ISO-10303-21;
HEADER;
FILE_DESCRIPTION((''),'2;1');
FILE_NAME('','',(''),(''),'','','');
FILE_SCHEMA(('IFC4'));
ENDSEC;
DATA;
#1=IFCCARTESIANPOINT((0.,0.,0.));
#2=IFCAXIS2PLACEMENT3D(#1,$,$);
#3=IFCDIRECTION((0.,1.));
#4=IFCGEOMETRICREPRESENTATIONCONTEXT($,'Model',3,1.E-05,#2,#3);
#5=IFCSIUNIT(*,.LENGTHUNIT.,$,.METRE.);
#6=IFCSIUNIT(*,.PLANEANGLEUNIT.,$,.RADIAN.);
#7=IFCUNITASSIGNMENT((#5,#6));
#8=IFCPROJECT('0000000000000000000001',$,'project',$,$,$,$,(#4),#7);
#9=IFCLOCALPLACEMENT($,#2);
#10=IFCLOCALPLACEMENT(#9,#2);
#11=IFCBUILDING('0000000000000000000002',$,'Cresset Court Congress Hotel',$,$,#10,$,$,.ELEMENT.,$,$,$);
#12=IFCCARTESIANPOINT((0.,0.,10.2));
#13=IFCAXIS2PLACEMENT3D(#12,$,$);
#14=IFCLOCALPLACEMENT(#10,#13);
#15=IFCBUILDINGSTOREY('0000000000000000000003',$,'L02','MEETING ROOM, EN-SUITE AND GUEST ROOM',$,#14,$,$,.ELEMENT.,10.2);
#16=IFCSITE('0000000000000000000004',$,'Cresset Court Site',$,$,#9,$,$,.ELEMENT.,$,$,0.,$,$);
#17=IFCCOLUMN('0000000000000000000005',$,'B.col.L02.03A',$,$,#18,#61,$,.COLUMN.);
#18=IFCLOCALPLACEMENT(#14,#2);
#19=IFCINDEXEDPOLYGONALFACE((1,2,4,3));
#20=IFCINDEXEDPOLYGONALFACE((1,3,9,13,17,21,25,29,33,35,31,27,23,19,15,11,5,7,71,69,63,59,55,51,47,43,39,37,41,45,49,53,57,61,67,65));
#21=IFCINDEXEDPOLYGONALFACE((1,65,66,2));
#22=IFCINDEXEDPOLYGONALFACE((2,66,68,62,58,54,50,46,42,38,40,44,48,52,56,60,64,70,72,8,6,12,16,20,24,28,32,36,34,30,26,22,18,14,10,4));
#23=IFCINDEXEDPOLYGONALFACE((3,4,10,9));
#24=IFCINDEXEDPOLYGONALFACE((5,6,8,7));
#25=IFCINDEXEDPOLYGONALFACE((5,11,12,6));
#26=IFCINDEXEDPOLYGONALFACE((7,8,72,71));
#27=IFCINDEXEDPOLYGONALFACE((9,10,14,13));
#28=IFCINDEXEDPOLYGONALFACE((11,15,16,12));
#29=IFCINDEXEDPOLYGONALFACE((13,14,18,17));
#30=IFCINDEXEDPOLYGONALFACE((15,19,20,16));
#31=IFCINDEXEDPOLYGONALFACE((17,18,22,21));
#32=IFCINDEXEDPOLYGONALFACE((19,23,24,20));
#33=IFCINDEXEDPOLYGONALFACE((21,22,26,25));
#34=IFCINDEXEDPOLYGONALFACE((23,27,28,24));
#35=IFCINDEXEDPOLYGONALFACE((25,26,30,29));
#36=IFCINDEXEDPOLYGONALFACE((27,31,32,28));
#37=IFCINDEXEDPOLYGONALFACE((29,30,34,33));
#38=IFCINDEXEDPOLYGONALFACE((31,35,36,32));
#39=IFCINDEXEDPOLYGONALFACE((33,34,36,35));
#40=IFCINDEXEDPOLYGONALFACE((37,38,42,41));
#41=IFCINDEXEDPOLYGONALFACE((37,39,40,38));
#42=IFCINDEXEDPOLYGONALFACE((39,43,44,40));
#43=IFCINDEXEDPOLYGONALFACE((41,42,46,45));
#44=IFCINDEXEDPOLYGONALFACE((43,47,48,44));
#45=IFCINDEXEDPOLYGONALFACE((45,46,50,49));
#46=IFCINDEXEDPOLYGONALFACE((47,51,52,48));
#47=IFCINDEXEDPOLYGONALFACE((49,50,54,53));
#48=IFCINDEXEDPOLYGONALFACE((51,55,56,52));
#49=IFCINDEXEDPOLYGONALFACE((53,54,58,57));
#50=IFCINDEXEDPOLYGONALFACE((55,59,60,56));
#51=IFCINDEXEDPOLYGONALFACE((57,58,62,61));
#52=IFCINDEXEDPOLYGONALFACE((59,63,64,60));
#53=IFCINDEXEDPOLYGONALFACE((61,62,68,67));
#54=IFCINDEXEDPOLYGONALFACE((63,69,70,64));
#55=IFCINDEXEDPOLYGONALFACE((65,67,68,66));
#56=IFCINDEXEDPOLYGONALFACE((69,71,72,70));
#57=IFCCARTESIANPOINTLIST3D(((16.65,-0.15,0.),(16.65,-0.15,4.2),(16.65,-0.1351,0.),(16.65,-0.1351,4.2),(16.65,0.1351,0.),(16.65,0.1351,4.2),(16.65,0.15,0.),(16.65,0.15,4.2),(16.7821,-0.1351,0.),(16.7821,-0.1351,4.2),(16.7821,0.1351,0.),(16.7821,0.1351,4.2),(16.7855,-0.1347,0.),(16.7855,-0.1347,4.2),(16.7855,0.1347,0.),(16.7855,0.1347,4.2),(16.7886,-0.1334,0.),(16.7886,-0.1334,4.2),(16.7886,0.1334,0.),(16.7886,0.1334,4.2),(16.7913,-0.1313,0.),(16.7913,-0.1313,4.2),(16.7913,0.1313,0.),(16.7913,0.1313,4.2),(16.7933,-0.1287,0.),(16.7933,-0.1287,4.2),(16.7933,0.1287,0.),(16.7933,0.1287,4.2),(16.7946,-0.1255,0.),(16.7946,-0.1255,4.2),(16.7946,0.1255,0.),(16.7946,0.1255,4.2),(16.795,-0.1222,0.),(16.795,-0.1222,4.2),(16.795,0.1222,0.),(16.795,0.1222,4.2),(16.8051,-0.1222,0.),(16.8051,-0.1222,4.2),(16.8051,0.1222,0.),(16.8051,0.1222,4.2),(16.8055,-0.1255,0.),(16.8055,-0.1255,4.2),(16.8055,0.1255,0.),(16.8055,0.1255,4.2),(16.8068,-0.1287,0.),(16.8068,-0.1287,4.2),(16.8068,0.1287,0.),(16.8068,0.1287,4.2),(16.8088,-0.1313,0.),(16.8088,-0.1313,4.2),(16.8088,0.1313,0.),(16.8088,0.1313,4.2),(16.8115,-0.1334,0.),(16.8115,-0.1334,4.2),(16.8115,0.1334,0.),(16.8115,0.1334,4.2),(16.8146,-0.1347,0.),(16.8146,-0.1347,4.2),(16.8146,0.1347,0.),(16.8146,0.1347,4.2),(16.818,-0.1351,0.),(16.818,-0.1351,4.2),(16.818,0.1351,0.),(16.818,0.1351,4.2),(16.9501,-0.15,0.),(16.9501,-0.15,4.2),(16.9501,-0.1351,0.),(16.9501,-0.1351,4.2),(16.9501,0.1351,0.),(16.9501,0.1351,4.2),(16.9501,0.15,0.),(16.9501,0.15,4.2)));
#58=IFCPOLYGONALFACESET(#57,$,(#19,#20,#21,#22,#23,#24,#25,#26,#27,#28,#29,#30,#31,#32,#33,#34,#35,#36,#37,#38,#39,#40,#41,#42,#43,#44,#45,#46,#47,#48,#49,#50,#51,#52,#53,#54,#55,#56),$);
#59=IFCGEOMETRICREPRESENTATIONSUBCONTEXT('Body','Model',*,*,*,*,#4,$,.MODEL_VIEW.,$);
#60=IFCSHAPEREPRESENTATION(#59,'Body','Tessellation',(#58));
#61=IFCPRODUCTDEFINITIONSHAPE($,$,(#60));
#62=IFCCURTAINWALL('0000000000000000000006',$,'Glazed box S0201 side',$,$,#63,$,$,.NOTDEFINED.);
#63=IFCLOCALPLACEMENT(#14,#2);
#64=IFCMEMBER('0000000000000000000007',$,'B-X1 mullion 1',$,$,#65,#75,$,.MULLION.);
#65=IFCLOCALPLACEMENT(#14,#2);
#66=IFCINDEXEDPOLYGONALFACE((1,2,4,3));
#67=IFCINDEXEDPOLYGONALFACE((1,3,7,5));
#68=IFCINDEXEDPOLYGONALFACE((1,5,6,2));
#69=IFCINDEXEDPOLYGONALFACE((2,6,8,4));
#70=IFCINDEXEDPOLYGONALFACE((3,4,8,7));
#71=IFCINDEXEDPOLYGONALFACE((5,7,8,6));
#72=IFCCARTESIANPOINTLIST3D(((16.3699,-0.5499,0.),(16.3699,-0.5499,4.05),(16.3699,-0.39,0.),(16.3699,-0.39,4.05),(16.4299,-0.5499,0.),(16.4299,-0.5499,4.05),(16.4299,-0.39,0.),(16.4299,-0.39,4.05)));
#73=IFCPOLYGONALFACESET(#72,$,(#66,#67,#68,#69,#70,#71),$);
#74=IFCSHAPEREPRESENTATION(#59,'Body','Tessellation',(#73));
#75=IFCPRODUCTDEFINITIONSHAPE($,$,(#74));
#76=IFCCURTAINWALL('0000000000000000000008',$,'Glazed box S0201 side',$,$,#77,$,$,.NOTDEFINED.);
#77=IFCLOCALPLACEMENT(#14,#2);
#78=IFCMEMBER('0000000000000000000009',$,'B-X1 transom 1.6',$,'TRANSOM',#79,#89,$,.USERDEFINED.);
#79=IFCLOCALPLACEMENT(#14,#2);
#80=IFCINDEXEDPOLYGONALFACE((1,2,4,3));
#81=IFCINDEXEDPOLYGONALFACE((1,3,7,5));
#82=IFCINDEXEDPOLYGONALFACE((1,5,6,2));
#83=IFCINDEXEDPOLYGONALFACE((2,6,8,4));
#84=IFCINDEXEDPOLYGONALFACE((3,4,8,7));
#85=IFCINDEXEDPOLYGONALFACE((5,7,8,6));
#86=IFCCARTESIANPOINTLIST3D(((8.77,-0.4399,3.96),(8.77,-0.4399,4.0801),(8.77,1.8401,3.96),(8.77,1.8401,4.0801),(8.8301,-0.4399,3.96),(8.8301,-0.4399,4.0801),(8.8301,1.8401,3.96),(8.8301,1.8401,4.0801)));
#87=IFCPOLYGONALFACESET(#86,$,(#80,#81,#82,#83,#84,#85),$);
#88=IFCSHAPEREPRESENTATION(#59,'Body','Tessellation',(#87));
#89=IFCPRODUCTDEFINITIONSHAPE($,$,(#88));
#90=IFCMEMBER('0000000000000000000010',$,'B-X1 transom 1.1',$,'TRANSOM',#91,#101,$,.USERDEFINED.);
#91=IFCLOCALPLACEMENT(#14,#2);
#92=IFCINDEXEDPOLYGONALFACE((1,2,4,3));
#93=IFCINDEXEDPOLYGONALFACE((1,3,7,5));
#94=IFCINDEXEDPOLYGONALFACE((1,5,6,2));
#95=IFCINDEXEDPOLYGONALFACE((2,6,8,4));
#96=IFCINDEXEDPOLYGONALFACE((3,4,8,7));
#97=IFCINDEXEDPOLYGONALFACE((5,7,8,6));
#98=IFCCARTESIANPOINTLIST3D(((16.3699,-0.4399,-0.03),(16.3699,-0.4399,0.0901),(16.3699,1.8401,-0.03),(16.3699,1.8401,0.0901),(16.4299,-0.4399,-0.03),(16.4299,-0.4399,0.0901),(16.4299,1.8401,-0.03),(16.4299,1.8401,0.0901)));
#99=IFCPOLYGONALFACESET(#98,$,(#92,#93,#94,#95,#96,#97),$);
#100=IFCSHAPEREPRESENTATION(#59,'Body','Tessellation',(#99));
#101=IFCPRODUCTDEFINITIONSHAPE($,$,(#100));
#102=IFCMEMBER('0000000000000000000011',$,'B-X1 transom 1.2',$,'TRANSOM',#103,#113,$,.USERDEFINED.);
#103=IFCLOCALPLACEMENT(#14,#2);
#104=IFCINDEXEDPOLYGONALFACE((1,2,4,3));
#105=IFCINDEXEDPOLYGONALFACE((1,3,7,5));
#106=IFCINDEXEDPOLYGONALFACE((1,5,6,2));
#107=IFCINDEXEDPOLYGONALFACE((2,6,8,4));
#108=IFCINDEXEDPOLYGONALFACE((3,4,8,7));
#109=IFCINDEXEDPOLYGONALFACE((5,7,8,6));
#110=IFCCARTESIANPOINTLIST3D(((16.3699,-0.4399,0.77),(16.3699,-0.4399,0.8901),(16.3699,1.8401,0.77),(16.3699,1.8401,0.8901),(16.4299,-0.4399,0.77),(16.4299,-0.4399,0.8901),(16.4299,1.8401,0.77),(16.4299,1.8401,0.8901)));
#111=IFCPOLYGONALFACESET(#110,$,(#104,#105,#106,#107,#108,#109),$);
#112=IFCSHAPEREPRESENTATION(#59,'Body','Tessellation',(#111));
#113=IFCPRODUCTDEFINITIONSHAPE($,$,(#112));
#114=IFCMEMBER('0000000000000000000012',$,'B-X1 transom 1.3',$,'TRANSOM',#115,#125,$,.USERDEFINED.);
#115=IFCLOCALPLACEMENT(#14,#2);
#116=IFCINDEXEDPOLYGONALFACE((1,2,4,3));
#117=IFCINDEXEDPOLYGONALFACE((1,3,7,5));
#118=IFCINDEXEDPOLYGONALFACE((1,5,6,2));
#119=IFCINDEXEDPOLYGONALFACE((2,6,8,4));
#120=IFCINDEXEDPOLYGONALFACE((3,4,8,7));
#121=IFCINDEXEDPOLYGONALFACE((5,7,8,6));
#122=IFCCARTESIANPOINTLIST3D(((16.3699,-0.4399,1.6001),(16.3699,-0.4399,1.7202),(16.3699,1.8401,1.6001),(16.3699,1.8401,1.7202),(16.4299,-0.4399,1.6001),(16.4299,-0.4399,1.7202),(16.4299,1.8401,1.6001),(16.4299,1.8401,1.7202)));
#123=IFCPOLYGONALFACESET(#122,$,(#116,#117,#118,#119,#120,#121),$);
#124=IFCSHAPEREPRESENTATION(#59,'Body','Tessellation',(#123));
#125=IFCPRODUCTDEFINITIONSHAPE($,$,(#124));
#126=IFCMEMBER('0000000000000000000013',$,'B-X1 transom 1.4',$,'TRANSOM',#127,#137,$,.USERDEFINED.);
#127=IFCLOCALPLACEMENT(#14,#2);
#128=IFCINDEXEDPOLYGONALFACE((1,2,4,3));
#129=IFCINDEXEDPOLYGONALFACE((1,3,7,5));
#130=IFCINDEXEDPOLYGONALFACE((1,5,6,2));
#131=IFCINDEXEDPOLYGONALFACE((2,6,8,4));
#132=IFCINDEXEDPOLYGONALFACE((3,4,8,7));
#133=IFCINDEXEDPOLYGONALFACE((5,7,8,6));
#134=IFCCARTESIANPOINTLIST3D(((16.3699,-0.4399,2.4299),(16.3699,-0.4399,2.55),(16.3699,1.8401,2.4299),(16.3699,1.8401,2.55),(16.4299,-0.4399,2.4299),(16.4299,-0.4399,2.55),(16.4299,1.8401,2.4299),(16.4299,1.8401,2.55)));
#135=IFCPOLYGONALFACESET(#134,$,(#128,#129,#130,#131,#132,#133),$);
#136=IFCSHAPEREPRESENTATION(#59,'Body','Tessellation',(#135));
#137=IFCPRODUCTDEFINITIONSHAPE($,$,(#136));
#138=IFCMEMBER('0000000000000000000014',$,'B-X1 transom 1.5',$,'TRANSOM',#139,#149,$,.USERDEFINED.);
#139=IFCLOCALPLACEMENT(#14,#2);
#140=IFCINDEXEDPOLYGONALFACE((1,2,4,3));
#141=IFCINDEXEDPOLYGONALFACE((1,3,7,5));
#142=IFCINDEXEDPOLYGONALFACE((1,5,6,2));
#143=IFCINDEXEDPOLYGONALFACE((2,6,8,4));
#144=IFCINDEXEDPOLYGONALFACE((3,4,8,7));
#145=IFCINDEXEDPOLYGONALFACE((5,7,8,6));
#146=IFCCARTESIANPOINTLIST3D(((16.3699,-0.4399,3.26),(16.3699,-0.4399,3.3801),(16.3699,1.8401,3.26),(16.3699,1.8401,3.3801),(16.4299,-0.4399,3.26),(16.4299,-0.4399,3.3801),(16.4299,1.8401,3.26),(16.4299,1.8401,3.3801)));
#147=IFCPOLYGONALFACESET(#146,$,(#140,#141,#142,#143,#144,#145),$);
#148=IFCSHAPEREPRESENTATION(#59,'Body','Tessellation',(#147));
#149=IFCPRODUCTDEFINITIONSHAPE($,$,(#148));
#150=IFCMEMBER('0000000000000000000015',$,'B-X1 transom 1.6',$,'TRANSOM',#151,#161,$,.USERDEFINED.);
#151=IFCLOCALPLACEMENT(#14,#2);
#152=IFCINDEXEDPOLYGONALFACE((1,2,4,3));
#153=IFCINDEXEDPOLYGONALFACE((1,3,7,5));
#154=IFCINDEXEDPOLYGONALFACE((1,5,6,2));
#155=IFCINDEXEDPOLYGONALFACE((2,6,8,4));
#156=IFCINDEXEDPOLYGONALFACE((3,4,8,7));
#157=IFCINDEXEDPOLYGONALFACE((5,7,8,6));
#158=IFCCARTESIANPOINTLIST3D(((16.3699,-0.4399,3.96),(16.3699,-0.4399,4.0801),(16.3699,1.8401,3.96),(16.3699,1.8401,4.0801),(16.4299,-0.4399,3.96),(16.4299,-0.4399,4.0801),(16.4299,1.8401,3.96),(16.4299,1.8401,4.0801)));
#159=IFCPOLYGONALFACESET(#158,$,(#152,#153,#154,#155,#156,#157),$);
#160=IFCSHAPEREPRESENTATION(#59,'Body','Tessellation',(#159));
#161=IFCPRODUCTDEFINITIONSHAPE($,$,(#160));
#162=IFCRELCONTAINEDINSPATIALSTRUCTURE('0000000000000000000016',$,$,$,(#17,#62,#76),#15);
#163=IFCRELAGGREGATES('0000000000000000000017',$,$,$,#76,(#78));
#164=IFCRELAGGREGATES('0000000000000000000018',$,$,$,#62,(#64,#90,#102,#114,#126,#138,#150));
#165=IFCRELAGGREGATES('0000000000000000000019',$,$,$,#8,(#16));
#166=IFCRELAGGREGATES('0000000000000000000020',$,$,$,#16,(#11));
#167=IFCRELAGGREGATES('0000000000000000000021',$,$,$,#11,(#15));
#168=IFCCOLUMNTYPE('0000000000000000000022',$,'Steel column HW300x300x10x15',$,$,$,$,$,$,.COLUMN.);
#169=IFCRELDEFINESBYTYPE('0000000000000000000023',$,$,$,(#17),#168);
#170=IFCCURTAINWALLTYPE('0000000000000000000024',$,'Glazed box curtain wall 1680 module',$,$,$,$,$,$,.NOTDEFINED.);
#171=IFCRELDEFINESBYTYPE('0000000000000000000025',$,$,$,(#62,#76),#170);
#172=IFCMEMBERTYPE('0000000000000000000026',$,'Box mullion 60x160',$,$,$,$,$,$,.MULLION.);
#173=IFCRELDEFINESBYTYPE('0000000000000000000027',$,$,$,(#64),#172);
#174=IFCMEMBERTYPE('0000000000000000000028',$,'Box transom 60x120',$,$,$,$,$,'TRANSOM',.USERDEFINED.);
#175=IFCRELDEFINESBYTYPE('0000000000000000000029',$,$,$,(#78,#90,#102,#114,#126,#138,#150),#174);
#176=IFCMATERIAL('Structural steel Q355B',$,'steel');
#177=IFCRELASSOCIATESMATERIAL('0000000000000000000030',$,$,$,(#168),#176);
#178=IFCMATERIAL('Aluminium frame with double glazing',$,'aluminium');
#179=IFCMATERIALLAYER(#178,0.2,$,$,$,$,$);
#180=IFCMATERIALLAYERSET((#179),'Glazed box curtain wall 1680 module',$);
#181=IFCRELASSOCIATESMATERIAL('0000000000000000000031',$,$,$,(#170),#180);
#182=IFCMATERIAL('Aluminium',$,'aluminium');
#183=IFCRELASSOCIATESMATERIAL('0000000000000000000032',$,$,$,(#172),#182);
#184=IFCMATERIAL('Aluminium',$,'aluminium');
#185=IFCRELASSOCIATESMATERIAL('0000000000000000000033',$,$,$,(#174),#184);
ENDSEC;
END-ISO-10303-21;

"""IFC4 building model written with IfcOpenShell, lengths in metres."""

from ifc_helpers import new_model, si_unit, direction, frame, origin, origin_2d, place, context, subcontext, project, spatial, rectangle, i_section, extrude, material, layer, layer_set, material_profile, profile_set, type_object, element, aggregate, save


model = new_model("IFC4")

# Units and contexts
model_context = context("Model", 3, precision=1e-05, world=origin(), true_north=direction((0.0, 1.0)))
body_context = subcontext(model_context, "Body", "Model", "MODEL_VIEW")
ifc_project = project(units=[si_unit("LENGTHUNIT", "METRE"), si_unit("PLANEANGLEUNIT", "RADIAN")], contexts=[model_context])

# Site, building, storey
site_placement = place(None, origin())
site = spatial("IfcSite", under=ifc_project, at=site_placement, Name="Cresset Court Site", CompositionType="ELEMENT", RefElevation=0.0)
building_placement = place(site_placement, origin())
building = spatial("IfcBuilding", under=site, at=building_placement, Name="Cresset Court Congress Hotel", CompositionType="ELEMENT")
storey_placement = place(building_placement, frame((0.0, 0.0, 10.2)))
storey = spatial("IfcBuildingStorey", under=building, at=storey_placement, Name="L02", Description="MEETING ROOM, EN-SUITE AND GUEST ROOM", CompositionType="ELEMENT", Elevation=10.2)

# Column
ifc_material_1 = material(Name="Structural steel Q355B", Category="steel")
ifc_material_profile_1 = material_profile(ifc_material_1, i_section(OverallWidth=0.3, OverallDepth=0.3, WebThickness=0.01, FlangeThickness=0.0149, FilletRadius=0.0129, at=origin_2d()), Name="HW300x300x10x15")
ifc_profile_set_1 = profile_set([ifc_material_profile_1], Name="Structural steel Q355B")
column_type = type_object("IfcColumnType", Name="Steel column HW300x300x10x15", PredefinedType="COLUMN", material=ifc_profile_set_1)
column_placement = place(storey_placement, frame((16.8, 0.0, 0.0), z_axis=(0.0, 0.0, 1.0), x_axis=(1.0, 0.0, 0.0)))
element("IfcColumn", 1, at=column_placement, inside=storey, type_object=column_type, Name="B.col.L02.03A", PredefinedType="COLUMN", context=body_context, shape_type="SweptSolid", body=[
    extrude(i_section(OverallWidth=0.3, OverallDepth=0.3, WebThickness=0.01, FlangeThickness=0.0149, FilletRadius=0.0129, at=origin_2d()), origin(), (0.0, 0.0, 1.0), 4.2),
])

# Curtain walls, members
ifc_material_2 = material(Name="Aluminium frame with double glazing", Category="aluminium")
ifc_layer_1 = layer(ifc_material_2, 0.2)
ifc_layer_set_1 = layer_set([ifc_layer_1], Name="Glazed box curtain wall 1680 module")
curtain_wall_type = type_object("IfcCurtainWallType", Name="Glazed box curtain wall 1680 module", PredefinedType="NOTDEFINED", material=ifc_layer_set_1)
curtain_wall_1_placement = place(storey_placement, origin())
curtain_wall_1 = element("IfcCurtainWall", 2, at=curtain_wall_1_placement, inside=storey, type_object=curtain_wall_type, Name="Glazed box S0201 side", PredefinedType="NOTDEFINED")
ifc_material_3 = material(Name="Aluminium", Category="aluminium")
ifc_material_profile_2 = material_profile(ifc_material_3, rectangle(XDim=0.0601, YDim=0.1599, at=origin_2d()), Name="Box mullion 60x160")
ifc_profile_set_2 = profile_set([ifc_material_profile_2], Name="Aluminium")
member_type_1 = type_object("IfcMemberType", Name="Box mullion 60x160", PredefinedType="MULLION", material=ifc_profile_set_2)
member_1_placement = place(storey_placement, frame((16.3999, -0.47, 0.0), z_axis=(0.0, 0.0, 1.0), x_axis=(-1.0, 0.0, 0.0)))
member_1 = element("IfcMember", 3, at=member_1_placement, type_object=member_type_1, Name="B-X1 mullion 1", PredefinedType="MULLION", context=body_context, shape_type="SweptSolid", body=[
    extrude(rectangle(XDim=0.0601, YDim=0.1599, at=origin_2d()), origin(), (0.0, 0.0, 1.0), 4.05),
])
curtain_wall_2_placement = place(storey_placement, origin())
curtain_wall_2 = element("IfcCurtainWall", 4, at=curtain_wall_2_placement, inside=storey, type_object=curtain_wall_type, Name="Glazed box S0201 side", PredefinedType="NOTDEFINED")
ifc_material_4 = material(Name="Aluminium", Category="aluminium")
ifc_material_profile_3 = material_profile(ifc_material_4, rectangle(XDim=0.0601, YDim=0.1201, at=origin_2d()), Name="Box transom 60x120")
ifc_profile_set_3 = profile_set([ifc_material_profile_3], Name="Aluminium")
member_type_2 = type_object("IfcMemberType", Name="Box transom 60x120", ElementType="TRANSOM", PredefinedType="USERDEFINED", material=ifc_profile_set_3)
member_2_placement = place(storey_placement, frame((8.8, -0.4399, 4.02), z_axis=(0.0, 1.0, 0.0), x_axis=(-1.0, 0.0, 0.0)))
member_2 = element("IfcMember", 5, at=member_2_placement, type_object=member_type_2, Name="B-X1 transom 1.6", ObjectType="TRANSOM", PredefinedType="USERDEFINED", context=body_context, shape_type="SweptSolid", body=[
    extrude(rectangle(XDim=0.0601, YDim=0.1201, at=origin_2d()), origin(), (0.0, 0.0, 1.0), 2.28),
])

# Members
member_3_placement = place(storey_placement, frame((16.3999, -0.4399, 0.03), z_axis=(0.0, 1.0, 0.0), x_axis=(-1.0, 0.0, 0.0)))
member_3 = element("IfcMember", 6, at=member_3_placement, type_object=member_type_2, Name="B-X1 transom 1.1", ObjectType="TRANSOM", PredefinedType="USERDEFINED", context=body_context, shape_type="SweptSolid", body=[
    extrude(rectangle(XDim=0.0601, YDim=0.1201, at=origin_2d()), origin(), (0.0, 0.0, 1.0), 2.28),
])
member_4_placement = place(storey_placement, frame((16.3999, -0.4399, 0.8301), z_axis=(0.0, 1.0, 0.0), x_axis=(-1.0, 0.0, 0.0)))
member_4 = element("IfcMember", 7, at=member_4_placement, type_object=member_type_2, Name="B-X1 transom 1.2", ObjectType="TRANSOM", PredefinedType="USERDEFINED", context=body_context, shape_type="SweptSolid", body=[
    extrude(rectangle(XDim=0.0601, YDim=0.1201, at=origin_2d()), origin(), (0.0, 0.0, 1.0), 2.28),
])
member_5_placement = place(storey_placement, frame((16.3999, -0.4399, 1.6602), z_axis=(0.0, 1.0, 0.0), x_axis=(-1.0, 0.0, 0.0)))
member_5 = element("IfcMember", 8, at=member_5_placement, type_object=member_type_2, Name="B-X1 transom 1.3", ObjectType="TRANSOM", PredefinedType="USERDEFINED", context=body_context, shape_type="SweptSolid", body=[
    extrude(rectangle(XDim=0.0601, YDim=0.1201, at=origin_2d()), origin(), (0.0, 0.0, 1.0), 2.28),
])
member_6_placement = place(storey_placement, frame((16.3999, -0.4399, 2.49), z_axis=(0.0, 1.0, 0.0), x_axis=(-1.0, 0.0, 0.0)))
member_6 = element("IfcMember", 9, at=member_6_placement, type_object=member_type_2, Name="B-X1 transom 1.4", ObjectType="TRANSOM", PredefinedType="USERDEFINED", context=body_context, shape_type="SweptSolid", body=[
    extrude(rectangle(XDim=0.0601, YDim=0.1201, at=origin_2d()), origin(), (0.0, 0.0, 1.0), 2.28),
])
member_7_placement = place(storey_placement, frame((16.3999, -0.4399, 3.3201), z_axis=(0.0, 1.0, 0.0), x_axis=(-1.0, 0.0, 0.0)))
member_7 = element("IfcMember", 10, at=member_7_placement, type_object=member_type_2, Name="B-X1 transom 1.5", ObjectType="TRANSOM", PredefinedType="USERDEFINED", context=body_context, shape_type="SweptSolid", body=[
    extrude(rectangle(XDim=0.0601, YDim=0.1201, at=origin_2d()), origin(), (0.0, 0.0, 1.0), 2.28),
])
member_8_placement = place(storey_placement, frame((16.3999, -0.4399, 4.02), z_axis=(0.0, 1.0, 0.0), x_axis=(-1.0, 0.0, 0.0)))
member_8 = element("IfcMember", 11, at=member_8_placement, type_object=member_type_2, Name="B-X1 transom 1.6", ObjectType="TRANSOM", PredefinedType="USERDEFINED", context=body_context, shape_type="SweptSolid", body=[
    extrude(rectangle(XDim=0.0601, YDim=0.1201, at=origin_2d()), origin(), (0.0, 0.0, 1.0), 2.28),
])

aggregate(curtain_wall_2, [member_2])
aggregate(curtain_wall_1, [member_1, member_3, member_4, member_5, member_6, member_7, member_8])

save(model, "model.ifc")
